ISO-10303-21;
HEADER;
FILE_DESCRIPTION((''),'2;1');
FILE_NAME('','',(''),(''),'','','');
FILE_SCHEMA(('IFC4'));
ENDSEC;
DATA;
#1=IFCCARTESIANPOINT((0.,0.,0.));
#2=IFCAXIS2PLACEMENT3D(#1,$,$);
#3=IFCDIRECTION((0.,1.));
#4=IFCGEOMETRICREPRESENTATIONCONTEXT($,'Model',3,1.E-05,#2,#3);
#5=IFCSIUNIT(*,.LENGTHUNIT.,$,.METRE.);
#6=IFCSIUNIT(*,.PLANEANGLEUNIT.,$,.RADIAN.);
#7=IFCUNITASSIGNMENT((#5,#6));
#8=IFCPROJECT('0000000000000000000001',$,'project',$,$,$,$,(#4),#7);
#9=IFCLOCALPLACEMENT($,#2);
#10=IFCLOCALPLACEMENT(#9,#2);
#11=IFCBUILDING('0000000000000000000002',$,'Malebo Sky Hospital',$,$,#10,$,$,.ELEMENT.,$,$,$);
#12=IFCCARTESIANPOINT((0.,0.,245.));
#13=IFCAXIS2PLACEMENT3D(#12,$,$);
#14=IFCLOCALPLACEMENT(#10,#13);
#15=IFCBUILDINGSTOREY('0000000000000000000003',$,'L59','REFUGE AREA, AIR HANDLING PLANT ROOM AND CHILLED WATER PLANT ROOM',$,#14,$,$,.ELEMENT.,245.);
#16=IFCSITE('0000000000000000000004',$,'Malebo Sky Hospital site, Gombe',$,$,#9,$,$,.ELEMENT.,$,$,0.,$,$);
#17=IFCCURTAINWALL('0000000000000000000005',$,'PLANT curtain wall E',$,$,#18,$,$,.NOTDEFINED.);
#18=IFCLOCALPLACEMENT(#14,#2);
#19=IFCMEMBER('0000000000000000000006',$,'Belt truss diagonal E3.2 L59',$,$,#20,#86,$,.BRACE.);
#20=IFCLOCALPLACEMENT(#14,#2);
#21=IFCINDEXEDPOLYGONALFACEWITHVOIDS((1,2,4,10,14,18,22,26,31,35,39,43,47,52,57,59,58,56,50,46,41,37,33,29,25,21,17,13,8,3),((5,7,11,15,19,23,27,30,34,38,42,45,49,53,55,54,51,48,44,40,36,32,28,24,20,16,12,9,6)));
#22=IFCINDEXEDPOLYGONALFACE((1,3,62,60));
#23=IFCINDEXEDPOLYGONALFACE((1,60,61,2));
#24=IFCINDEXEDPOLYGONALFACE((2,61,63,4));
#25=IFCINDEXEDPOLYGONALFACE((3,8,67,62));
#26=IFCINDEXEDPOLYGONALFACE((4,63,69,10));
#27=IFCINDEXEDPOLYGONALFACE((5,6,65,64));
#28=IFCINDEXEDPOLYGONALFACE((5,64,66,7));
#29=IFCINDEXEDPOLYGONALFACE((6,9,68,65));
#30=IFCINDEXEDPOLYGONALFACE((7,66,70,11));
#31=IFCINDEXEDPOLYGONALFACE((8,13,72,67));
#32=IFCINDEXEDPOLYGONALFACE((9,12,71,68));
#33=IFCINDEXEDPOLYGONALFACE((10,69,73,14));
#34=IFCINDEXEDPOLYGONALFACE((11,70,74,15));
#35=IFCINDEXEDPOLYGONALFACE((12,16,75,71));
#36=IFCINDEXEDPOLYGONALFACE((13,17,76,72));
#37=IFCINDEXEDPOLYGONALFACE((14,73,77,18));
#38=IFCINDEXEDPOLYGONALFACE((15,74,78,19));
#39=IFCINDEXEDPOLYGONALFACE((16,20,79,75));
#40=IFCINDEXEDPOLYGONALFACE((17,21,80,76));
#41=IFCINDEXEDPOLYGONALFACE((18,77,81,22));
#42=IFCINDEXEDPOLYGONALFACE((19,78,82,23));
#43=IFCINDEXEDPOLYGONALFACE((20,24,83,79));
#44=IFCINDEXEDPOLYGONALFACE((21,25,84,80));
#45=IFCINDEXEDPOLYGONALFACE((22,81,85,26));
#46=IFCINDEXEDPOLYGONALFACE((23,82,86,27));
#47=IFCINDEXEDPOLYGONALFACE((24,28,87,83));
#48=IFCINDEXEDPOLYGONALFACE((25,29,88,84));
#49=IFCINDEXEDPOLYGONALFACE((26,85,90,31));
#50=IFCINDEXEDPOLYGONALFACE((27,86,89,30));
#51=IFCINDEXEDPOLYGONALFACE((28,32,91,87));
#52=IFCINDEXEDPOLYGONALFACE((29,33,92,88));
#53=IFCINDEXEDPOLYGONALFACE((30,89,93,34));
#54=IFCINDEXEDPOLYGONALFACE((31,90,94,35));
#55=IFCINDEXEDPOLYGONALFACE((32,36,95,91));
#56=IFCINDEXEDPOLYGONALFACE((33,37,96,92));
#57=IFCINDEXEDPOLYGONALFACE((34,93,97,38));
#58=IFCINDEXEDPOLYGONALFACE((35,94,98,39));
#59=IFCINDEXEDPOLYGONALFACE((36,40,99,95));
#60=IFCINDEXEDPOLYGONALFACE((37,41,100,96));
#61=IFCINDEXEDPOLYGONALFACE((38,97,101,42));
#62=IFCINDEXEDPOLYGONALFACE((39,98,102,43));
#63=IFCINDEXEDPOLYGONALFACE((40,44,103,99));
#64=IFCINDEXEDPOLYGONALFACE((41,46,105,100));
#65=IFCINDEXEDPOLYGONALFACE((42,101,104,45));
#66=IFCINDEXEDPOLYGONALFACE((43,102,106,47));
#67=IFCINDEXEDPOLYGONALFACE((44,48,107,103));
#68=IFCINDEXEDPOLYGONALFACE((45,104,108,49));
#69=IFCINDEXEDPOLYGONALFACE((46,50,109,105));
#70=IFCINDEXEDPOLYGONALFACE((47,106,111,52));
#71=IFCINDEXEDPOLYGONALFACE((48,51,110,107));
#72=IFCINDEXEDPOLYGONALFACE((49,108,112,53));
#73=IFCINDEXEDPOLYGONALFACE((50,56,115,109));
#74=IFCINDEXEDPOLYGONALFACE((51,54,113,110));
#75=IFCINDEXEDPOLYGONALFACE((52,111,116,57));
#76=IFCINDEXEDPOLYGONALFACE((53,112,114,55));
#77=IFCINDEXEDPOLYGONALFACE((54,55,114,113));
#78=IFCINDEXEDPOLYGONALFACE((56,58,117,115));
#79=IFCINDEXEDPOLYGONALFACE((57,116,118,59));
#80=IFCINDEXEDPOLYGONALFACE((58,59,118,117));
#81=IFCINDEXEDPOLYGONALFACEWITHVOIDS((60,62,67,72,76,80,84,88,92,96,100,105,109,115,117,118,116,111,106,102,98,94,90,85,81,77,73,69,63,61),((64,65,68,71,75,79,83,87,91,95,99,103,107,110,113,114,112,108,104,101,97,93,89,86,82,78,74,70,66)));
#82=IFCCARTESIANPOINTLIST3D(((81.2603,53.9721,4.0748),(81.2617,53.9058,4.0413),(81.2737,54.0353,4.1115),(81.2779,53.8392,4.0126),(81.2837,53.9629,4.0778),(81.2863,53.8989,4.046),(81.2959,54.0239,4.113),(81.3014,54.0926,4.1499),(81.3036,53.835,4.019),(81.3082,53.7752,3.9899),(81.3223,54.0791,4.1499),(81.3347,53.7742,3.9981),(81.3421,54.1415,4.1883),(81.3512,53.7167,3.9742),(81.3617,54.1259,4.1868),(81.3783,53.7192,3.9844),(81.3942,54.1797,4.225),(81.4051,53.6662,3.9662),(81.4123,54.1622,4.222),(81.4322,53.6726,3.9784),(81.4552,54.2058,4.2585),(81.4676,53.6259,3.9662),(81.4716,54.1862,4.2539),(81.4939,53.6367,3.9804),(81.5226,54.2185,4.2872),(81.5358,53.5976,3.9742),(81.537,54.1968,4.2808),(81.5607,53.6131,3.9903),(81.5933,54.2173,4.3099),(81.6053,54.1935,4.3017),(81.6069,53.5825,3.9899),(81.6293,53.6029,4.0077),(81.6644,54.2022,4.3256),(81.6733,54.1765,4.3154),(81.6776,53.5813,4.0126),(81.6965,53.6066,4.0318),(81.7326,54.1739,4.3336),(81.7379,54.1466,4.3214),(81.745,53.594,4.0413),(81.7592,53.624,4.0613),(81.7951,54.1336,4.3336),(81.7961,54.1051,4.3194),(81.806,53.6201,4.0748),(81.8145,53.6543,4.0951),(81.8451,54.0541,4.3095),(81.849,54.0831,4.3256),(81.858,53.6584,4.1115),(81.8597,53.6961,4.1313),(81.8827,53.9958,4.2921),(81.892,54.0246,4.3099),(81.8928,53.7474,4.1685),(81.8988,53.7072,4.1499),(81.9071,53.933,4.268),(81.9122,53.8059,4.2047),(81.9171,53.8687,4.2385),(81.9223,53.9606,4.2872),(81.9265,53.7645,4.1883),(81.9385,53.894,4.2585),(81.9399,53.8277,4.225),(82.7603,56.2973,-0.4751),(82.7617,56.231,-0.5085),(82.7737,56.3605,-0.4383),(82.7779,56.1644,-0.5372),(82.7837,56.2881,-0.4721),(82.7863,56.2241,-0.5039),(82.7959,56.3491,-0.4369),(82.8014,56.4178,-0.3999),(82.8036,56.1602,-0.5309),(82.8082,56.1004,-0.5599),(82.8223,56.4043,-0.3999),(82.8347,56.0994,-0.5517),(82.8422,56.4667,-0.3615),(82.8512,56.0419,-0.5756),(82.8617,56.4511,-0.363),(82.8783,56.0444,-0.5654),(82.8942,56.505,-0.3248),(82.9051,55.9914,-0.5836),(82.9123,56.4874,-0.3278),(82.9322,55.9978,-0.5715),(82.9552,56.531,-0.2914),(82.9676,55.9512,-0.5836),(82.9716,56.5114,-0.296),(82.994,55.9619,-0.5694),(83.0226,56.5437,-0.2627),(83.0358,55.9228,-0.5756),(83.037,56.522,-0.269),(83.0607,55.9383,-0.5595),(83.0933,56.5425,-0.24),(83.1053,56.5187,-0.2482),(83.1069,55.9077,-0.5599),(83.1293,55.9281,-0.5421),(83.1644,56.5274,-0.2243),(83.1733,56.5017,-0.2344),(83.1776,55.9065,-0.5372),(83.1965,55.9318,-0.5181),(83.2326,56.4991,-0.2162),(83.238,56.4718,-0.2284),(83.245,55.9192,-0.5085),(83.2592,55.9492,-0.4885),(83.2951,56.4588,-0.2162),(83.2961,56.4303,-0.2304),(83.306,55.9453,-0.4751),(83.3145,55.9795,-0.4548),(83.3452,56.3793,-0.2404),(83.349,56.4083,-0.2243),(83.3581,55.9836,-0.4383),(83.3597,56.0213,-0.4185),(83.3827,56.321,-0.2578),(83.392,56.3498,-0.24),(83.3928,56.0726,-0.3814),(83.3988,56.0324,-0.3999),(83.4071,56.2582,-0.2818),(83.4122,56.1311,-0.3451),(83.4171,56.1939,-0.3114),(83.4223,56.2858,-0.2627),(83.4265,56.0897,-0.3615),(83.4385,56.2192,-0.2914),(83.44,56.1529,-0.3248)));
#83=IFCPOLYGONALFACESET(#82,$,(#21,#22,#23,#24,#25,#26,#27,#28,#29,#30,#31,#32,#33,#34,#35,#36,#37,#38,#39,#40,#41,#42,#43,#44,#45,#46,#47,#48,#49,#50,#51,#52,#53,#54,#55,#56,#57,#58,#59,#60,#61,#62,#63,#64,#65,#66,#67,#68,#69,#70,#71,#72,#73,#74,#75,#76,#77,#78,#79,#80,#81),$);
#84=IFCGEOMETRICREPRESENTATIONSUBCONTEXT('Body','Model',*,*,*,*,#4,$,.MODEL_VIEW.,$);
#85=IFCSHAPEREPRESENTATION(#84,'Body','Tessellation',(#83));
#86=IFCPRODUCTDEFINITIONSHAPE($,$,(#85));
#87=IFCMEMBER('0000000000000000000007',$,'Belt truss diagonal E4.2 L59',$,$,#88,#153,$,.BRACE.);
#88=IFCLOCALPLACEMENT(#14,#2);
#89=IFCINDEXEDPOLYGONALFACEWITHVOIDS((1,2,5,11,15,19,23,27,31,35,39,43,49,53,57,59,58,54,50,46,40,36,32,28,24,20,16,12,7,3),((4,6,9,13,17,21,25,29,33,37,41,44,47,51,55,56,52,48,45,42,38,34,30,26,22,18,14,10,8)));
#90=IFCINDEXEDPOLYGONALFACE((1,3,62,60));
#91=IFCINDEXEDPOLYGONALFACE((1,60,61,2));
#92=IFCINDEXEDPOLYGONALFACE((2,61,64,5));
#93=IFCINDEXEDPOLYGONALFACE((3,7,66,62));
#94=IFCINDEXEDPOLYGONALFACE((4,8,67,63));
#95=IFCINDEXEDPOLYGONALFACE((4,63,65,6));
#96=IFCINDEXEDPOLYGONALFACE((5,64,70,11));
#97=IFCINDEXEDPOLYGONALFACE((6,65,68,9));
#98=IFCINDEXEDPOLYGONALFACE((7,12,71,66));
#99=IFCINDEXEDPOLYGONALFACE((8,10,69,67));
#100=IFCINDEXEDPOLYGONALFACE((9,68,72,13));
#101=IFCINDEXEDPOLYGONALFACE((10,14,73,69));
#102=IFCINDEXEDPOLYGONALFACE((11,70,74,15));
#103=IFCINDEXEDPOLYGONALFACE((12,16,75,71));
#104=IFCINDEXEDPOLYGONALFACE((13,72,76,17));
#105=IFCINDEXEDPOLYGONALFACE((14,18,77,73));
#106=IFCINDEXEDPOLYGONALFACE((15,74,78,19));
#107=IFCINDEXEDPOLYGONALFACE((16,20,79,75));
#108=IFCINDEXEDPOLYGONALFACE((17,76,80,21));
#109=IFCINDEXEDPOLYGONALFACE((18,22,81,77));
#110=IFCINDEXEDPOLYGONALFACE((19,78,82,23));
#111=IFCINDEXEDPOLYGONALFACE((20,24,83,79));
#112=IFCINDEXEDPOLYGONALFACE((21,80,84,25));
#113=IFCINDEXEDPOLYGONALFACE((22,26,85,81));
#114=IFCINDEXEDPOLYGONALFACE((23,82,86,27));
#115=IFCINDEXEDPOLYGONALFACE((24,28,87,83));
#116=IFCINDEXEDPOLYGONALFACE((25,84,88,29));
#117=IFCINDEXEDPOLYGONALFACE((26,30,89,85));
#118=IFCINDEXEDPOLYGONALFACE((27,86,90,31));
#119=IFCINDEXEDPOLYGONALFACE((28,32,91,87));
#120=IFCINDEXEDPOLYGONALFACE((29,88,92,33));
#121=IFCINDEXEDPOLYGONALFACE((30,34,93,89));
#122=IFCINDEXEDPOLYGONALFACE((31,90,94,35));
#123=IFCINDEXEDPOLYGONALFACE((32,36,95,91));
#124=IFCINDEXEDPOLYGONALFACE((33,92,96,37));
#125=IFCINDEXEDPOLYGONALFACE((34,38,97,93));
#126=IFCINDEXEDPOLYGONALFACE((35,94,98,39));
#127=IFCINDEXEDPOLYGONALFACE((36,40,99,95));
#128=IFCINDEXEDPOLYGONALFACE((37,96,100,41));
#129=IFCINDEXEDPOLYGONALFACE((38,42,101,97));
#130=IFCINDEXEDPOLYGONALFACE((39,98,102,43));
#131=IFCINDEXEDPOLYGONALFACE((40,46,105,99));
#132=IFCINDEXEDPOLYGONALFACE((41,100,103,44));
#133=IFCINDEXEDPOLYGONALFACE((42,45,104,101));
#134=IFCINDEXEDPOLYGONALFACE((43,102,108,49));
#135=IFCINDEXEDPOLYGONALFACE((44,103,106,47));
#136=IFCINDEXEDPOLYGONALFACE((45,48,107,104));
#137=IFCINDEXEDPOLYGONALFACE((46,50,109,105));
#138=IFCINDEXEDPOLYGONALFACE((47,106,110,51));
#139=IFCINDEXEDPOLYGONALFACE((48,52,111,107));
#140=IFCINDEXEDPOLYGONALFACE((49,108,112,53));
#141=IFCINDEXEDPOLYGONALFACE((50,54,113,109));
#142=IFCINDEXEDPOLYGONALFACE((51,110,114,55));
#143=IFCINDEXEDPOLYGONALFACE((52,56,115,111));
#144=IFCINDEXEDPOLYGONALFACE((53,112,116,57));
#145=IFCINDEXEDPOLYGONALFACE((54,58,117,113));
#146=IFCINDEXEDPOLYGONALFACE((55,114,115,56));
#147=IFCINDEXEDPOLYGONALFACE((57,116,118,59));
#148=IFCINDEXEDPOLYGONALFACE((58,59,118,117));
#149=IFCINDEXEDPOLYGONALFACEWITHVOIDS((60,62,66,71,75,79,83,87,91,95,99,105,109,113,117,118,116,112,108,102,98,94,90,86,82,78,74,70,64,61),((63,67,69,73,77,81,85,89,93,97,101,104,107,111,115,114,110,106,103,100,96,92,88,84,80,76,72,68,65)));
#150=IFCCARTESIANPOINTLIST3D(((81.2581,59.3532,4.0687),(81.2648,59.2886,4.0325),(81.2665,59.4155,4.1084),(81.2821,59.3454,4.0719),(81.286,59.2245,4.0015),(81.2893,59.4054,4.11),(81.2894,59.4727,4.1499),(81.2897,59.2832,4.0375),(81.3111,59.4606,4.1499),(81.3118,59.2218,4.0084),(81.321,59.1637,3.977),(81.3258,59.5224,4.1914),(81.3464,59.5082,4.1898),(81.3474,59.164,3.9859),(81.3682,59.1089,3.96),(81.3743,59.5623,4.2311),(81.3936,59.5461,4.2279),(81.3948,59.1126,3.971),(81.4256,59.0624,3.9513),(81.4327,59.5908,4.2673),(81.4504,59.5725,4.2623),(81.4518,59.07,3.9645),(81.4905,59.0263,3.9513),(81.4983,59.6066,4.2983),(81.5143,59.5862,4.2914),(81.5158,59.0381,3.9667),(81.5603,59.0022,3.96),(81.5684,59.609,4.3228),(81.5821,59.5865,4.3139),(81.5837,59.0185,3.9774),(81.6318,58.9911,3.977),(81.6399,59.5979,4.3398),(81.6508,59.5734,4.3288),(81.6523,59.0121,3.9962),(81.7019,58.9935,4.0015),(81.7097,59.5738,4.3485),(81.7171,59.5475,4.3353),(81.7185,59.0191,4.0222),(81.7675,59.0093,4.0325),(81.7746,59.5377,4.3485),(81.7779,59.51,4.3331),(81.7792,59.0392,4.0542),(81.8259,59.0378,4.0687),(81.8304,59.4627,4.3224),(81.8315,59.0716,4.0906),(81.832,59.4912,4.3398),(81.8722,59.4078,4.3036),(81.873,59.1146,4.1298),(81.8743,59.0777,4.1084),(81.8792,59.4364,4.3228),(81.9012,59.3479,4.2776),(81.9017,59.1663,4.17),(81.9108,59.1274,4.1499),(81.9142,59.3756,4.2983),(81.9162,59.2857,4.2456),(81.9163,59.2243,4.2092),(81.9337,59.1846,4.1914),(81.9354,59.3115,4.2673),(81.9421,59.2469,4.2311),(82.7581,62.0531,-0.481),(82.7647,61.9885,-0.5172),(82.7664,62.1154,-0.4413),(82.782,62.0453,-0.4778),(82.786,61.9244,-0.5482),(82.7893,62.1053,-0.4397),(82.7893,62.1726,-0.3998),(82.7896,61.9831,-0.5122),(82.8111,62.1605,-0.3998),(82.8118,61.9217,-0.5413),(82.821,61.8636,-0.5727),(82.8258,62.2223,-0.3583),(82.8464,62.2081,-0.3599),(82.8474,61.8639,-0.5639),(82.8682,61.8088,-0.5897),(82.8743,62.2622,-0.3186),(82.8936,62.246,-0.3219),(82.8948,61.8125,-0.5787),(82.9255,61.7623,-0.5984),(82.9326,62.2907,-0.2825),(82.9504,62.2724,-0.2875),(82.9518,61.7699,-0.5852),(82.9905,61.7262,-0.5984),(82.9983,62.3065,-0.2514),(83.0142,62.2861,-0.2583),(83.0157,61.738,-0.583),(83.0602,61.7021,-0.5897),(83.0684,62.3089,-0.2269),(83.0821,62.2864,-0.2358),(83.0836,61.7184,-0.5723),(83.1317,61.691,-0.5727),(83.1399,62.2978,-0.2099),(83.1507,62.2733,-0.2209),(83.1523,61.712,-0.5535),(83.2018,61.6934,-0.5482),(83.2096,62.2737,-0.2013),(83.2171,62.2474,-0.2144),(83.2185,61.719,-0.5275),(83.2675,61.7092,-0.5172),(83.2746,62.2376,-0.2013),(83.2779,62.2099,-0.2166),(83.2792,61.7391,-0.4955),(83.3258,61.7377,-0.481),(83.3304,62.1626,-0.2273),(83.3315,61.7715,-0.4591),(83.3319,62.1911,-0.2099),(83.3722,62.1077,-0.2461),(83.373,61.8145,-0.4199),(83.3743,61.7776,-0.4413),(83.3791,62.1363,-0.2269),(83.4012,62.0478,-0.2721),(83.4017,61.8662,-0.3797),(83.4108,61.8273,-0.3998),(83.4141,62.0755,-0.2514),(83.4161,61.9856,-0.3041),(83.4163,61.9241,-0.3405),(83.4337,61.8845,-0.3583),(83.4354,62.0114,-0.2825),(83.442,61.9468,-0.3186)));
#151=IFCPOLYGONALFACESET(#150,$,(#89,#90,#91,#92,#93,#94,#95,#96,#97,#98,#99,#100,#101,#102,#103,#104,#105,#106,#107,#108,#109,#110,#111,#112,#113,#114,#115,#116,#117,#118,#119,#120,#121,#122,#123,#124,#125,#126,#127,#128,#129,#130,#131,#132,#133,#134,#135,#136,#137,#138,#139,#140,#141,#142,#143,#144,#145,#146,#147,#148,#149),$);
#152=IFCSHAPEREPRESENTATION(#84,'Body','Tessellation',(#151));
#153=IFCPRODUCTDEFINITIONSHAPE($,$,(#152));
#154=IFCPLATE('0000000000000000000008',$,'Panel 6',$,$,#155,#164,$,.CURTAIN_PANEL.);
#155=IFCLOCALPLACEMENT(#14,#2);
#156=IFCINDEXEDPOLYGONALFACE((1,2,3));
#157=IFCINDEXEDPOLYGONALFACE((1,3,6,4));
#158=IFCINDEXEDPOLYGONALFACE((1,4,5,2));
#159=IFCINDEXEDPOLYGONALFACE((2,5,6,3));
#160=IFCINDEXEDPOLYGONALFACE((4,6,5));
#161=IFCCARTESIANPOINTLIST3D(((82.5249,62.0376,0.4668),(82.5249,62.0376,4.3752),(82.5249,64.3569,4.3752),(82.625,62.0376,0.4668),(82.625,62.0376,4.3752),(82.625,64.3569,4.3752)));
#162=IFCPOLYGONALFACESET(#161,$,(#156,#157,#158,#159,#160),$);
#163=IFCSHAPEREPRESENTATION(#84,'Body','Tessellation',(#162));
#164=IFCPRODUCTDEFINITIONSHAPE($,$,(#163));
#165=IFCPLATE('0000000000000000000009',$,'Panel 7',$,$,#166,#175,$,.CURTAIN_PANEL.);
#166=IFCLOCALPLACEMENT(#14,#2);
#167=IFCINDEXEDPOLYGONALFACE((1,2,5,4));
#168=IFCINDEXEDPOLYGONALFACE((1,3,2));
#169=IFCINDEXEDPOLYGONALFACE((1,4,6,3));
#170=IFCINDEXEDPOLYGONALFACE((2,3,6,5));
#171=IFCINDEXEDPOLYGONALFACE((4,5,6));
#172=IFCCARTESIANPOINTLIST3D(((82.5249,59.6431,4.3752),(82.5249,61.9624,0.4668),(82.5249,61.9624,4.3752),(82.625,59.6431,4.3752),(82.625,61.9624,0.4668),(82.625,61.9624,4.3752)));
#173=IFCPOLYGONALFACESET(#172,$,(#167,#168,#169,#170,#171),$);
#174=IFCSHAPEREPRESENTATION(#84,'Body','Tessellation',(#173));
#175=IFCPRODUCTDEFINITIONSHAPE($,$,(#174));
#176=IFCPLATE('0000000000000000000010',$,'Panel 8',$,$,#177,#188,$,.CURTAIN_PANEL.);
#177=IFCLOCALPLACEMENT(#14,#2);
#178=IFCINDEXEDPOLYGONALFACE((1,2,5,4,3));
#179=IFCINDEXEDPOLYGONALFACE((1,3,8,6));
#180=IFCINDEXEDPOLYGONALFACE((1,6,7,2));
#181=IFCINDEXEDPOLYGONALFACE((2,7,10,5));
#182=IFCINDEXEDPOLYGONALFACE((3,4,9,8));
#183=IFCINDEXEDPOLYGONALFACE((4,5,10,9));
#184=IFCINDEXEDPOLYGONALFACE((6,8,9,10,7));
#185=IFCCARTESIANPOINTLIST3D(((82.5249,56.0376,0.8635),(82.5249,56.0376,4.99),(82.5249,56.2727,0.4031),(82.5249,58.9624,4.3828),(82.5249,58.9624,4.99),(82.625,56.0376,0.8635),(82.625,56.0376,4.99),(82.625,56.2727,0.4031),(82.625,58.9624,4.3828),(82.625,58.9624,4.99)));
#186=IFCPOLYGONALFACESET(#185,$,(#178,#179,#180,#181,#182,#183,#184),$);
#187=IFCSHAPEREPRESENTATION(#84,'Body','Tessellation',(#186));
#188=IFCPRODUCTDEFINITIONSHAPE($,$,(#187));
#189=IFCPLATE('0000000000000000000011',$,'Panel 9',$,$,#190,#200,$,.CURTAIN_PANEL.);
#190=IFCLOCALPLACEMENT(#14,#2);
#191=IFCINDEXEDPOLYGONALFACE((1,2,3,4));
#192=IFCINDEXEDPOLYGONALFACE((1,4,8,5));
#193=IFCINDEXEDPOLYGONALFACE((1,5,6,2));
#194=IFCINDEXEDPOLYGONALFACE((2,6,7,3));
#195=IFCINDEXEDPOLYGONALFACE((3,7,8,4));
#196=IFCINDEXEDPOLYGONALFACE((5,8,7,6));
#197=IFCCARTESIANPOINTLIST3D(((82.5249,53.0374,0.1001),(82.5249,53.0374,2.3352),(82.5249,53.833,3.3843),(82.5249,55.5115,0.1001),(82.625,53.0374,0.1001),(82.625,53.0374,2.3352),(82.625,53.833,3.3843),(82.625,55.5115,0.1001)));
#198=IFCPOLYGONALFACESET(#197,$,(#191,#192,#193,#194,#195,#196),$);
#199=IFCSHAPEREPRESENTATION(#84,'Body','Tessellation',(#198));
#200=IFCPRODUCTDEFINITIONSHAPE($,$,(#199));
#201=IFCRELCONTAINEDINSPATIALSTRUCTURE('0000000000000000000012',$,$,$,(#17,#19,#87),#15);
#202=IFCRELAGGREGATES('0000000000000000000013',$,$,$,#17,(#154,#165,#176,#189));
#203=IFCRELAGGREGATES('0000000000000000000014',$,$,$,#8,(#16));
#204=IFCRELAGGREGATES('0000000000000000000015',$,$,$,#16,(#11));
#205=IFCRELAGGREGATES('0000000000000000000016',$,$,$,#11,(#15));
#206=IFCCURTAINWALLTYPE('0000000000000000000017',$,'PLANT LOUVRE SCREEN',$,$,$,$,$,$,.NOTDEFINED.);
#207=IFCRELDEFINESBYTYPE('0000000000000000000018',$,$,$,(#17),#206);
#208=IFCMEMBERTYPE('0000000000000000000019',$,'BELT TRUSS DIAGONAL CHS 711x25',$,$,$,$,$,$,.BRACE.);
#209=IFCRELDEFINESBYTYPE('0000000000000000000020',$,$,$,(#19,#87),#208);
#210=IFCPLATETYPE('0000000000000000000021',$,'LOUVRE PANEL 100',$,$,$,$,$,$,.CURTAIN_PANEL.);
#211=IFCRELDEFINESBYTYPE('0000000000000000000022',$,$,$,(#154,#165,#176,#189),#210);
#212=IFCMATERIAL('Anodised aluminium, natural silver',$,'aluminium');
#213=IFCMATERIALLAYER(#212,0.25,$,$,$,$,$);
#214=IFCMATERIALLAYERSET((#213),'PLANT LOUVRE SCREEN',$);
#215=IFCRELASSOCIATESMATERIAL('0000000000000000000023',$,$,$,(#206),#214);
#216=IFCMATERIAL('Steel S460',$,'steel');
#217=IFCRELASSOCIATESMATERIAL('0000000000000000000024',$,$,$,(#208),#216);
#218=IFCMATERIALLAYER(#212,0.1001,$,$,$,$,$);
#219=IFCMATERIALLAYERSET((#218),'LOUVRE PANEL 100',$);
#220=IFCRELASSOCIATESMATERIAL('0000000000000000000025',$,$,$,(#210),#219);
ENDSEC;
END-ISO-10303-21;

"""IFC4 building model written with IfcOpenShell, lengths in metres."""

from ifc_helpers import new_model, si_unit, direction, frame, origin, origin_2d, place, context, subcontext, project, spatial, polyline, hollow_circle, outline, extrude, material, layer, layer_set, material_profile, profile_set, type_object, element, aggregate, save


model = new_model("IFC4")

# Units and contexts
model_context = context("Model", 3, precision=1e-05, world=origin(), true_north=direction((0.0, 1.0)))
body_context = subcontext(model_context, "Body", "Model", "MODEL_VIEW")
ifc_project = project(units=[si_unit("LENGTHUNIT", "METRE"), si_unit("PLANEANGLEUNIT", "RADIAN")], contexts=[model_context])

# Site, building, storey
site_placement = place(None, origin())
site = spatial("IfcSite", under=ifc_project, at=site_placement, Name="Malebo Sky Hospital site, Gombe", CompositionType="ELEMENT", RefElevation=0.0)
building_placement = place(site_placement, origin())
building = spatial("IfcBuilding", under=site, at=building_placement, Name="Malebo Sky Hospital", CompositionType="ELEMENT")
storey_placement = place(building_placement, frame((0.0, 0.0, 245.0)))
storey = spatial("IfcBuildingStorey", under=building, at=storey_placement, Name="L59", Description="REFUGE AREA, AIR HANDLING PLANT ROOM AND CHILLED WATER PLANT ROOM", CompositionType="ELEMENT", Elevation=245.0)

# Curtain wall
ifc_material_1 = material(Name="Anodised aluminium, natural silver", Category="aluminium")
ifc_layer_1 = layer(ifc_material_1, 0.25)
ifc_layer_set_1 = layer_set([ifc_layer_1], Name="PLANT LOUVRE SCREEN")
curtain_wall_type = type_object("IfcCurtainWallType", Name="PLANT LOUVRE SCREEN", PredefinedType="NOTDEFINED", material=ifc_layer_set_1)
curtain_wall_placement = place(storey_placement, origin())
curtain_wall = element("IfcCurtainWall", 1, at=curtain_wall_placement, inside=storey, type_object=curtain_wall_type, Name="PLANT curtain wall E", PredefinedType="NOTDEFINED")

# Members
ifc_material_2 = material(Name="Steel S460", Category="steel")
ifc_material_profile_1 = material_profile(ifc_material_2, hollow_circle(Radius=0.3555, WallThickness=0.0249, at=origin_2d()), Name="CHS 711x25")
ifc_profile_set_1 = profile_set([ifc_material_profile_1], Name="Steel S460")
member_type_1 = type_object("IfcMemberType", Name="BELT TRUSS DIAGONAL CHS 711x25", PredefinedType="BRACE", material=ifc_profile_set_1)
member_1_placement = place(storey_placement, frame((81.6001, 53.8999, 4.1499), z_axis=(0.281682, 0.436644, -0.854399), x_axis=(-0.840317, 0.542095, 0.0)))
element("IfcMember", 2, at=member_1_placement, inside=storey, type_object=member_type_1, Name="Belt truss diagonal E3.2 L59", PredefinedType="BRACE", context=body_context, shape_type="SweptSolid", body=[
    extrude(hollow_circle(Radius=0.3555, WallThickness=0.0249, at=origin_2d()), origin(), (0.0, 0.0, 1.0), 5.3252),
])
member_2_placement = place(storey_placement, frame((81.6001, 59.3, 4.1499), z_axis=(0.27277, 0.490978, -0.827368), x_axis=(-0.874154, 0.48565, 0.0)))
element("IfcMember", 3, at=member_2_placement, inside=storey, type_object=member_type_1, Name="Belt truss diagonal E4.2 L59", PredefinedType="BRACE", context=body_context, shape_type="SweptSolid", body=[
    extrude(hollow_circle(Radius=0.3555, WallThickness=0.0249, at=origin_2d()), origin(), (0.0, 0.0, 1.0), 5.499),
])

# Plates
ifc_layer_2 = layer(ifc_material_1, 0.1001)
ifc_layer_set_2 = layer_set([ifc_layer_2], Name="LOUVRE PANEL 100")
plate_type = type_object("IfcPlateType", Name="LOUVRE PANEL 100", PredefinedType="CURTAIN_PANEL", material=ifc_layer_set_2)
plate_1_placement = place(storey_placement, frame((82.575, 63.1973, 0.4668), z_axis=(0.0, 0.0, 1.0), x_axis=(0.0, -1.0, 0.0)))
plate_1 = element("IfcPlate", 4, at=plate_1_placement, type_object=plate_type, Name="Panel 6", PredefinedType="CURTAIN_PANEL", context=body_context, shape_type="SweptSolid", body=[
    extrude(outline(polyline([(1.1597, 0.0), (1.1597, 3.9084), (-1.1597, 3.9084), (1.1597, 0.0)])), frame((0.0, 0.05, 0.0), z_axis=(0.0, -1.0, 0.0), x_axis=(1.0, 0.0, 0.0)), (0.0, 0.0, 1.0), 0.1001),
])
plate_2_placement = place(storey_placement, frame((82.575, 60.8027, 0.4668), z_axis=(0.0, 0.0, 1.0), x_axis=(0.0, -1.0, 0.0)))
plate_2 = element("IfcPlate", 5, at=plate_2_placement, type_object=plate_type, Name="Panel 7", PredefinedType="CURTAIN_PANEL", context=body_context, shape_type="SweptSolid", body=[
    extrude(outline(polyline([(-1.1597, 0.0), (1.1597, 3.9084), (-1.1597, 3.9084), (-1.1597, 0.0)])), frame((0.0, 0.05, 0.0), z_axis=(0.0, -1.0, 0.0), x_axis=(1.0, 0.0, 0.0)), (0.0, 0.0, 1.0), 0.1001),
])
plate_3_placement = place(storey_placement, frame((82.575, 57.5, 0.4031), z_axis=(0.0, 0.0, 1.0), x_axis=(0.0, -1.0, 0.0)))
plate_3 = element("IfcPlate", 6, at=plate_3_placement, type_object=plate_type, Name="Panel 8", PredefinedType="CURTAIN_PANEL", context=body_context, shape_type="SweptSolid", body=[
    extrude(outline(polyline([(1.2273, 0.0), (1.4624, 0.4604), (1.4624, 4.5869), (-1.4624, 4.5869), (-1.4624, 3.9797), (1.2273, 0.0)])), frame((0.0, 0.05, 0.0), z_axis=(0.0, -1.0, 0.0), x_axis=(1.0, 0.0, 0.0)), (0.0, 0.0, 1.0), 0.1001),
])
plate_4_placement = place(storey_placement, frame((82.575, 54.2744, 0.1001), z_axis=(0.0, 0.0, 1.0), x_axis=(0.0, -1.0, 0.0)))
plate_4 = element("IfcPlate", 7, at=plate_4_placement, type_object=plate_type, Name="Panel 9", PredefinedType="CURTAIN_PANEL", context=body_context, shape_type="SweptSolid", body=[
    extrude(outline(polyline([(-1.2371, 0.0), (1.2371, 0.0), (1.2371, 2.2351), (0.4414, 3.2842), (-1.2371, 0.0)])), frame((0.0, 0.05, 0.0), z_axis=(0.0, -1.0, 0.0), x_axis=(1.0, 0.0, 0.0)), (0.0, 0.0, 1.0), 0.1001),
])
aggregate(curtain_wall, [plate_1, plate_2, plate_3, plate_4])

save(model, "model.ifc")
